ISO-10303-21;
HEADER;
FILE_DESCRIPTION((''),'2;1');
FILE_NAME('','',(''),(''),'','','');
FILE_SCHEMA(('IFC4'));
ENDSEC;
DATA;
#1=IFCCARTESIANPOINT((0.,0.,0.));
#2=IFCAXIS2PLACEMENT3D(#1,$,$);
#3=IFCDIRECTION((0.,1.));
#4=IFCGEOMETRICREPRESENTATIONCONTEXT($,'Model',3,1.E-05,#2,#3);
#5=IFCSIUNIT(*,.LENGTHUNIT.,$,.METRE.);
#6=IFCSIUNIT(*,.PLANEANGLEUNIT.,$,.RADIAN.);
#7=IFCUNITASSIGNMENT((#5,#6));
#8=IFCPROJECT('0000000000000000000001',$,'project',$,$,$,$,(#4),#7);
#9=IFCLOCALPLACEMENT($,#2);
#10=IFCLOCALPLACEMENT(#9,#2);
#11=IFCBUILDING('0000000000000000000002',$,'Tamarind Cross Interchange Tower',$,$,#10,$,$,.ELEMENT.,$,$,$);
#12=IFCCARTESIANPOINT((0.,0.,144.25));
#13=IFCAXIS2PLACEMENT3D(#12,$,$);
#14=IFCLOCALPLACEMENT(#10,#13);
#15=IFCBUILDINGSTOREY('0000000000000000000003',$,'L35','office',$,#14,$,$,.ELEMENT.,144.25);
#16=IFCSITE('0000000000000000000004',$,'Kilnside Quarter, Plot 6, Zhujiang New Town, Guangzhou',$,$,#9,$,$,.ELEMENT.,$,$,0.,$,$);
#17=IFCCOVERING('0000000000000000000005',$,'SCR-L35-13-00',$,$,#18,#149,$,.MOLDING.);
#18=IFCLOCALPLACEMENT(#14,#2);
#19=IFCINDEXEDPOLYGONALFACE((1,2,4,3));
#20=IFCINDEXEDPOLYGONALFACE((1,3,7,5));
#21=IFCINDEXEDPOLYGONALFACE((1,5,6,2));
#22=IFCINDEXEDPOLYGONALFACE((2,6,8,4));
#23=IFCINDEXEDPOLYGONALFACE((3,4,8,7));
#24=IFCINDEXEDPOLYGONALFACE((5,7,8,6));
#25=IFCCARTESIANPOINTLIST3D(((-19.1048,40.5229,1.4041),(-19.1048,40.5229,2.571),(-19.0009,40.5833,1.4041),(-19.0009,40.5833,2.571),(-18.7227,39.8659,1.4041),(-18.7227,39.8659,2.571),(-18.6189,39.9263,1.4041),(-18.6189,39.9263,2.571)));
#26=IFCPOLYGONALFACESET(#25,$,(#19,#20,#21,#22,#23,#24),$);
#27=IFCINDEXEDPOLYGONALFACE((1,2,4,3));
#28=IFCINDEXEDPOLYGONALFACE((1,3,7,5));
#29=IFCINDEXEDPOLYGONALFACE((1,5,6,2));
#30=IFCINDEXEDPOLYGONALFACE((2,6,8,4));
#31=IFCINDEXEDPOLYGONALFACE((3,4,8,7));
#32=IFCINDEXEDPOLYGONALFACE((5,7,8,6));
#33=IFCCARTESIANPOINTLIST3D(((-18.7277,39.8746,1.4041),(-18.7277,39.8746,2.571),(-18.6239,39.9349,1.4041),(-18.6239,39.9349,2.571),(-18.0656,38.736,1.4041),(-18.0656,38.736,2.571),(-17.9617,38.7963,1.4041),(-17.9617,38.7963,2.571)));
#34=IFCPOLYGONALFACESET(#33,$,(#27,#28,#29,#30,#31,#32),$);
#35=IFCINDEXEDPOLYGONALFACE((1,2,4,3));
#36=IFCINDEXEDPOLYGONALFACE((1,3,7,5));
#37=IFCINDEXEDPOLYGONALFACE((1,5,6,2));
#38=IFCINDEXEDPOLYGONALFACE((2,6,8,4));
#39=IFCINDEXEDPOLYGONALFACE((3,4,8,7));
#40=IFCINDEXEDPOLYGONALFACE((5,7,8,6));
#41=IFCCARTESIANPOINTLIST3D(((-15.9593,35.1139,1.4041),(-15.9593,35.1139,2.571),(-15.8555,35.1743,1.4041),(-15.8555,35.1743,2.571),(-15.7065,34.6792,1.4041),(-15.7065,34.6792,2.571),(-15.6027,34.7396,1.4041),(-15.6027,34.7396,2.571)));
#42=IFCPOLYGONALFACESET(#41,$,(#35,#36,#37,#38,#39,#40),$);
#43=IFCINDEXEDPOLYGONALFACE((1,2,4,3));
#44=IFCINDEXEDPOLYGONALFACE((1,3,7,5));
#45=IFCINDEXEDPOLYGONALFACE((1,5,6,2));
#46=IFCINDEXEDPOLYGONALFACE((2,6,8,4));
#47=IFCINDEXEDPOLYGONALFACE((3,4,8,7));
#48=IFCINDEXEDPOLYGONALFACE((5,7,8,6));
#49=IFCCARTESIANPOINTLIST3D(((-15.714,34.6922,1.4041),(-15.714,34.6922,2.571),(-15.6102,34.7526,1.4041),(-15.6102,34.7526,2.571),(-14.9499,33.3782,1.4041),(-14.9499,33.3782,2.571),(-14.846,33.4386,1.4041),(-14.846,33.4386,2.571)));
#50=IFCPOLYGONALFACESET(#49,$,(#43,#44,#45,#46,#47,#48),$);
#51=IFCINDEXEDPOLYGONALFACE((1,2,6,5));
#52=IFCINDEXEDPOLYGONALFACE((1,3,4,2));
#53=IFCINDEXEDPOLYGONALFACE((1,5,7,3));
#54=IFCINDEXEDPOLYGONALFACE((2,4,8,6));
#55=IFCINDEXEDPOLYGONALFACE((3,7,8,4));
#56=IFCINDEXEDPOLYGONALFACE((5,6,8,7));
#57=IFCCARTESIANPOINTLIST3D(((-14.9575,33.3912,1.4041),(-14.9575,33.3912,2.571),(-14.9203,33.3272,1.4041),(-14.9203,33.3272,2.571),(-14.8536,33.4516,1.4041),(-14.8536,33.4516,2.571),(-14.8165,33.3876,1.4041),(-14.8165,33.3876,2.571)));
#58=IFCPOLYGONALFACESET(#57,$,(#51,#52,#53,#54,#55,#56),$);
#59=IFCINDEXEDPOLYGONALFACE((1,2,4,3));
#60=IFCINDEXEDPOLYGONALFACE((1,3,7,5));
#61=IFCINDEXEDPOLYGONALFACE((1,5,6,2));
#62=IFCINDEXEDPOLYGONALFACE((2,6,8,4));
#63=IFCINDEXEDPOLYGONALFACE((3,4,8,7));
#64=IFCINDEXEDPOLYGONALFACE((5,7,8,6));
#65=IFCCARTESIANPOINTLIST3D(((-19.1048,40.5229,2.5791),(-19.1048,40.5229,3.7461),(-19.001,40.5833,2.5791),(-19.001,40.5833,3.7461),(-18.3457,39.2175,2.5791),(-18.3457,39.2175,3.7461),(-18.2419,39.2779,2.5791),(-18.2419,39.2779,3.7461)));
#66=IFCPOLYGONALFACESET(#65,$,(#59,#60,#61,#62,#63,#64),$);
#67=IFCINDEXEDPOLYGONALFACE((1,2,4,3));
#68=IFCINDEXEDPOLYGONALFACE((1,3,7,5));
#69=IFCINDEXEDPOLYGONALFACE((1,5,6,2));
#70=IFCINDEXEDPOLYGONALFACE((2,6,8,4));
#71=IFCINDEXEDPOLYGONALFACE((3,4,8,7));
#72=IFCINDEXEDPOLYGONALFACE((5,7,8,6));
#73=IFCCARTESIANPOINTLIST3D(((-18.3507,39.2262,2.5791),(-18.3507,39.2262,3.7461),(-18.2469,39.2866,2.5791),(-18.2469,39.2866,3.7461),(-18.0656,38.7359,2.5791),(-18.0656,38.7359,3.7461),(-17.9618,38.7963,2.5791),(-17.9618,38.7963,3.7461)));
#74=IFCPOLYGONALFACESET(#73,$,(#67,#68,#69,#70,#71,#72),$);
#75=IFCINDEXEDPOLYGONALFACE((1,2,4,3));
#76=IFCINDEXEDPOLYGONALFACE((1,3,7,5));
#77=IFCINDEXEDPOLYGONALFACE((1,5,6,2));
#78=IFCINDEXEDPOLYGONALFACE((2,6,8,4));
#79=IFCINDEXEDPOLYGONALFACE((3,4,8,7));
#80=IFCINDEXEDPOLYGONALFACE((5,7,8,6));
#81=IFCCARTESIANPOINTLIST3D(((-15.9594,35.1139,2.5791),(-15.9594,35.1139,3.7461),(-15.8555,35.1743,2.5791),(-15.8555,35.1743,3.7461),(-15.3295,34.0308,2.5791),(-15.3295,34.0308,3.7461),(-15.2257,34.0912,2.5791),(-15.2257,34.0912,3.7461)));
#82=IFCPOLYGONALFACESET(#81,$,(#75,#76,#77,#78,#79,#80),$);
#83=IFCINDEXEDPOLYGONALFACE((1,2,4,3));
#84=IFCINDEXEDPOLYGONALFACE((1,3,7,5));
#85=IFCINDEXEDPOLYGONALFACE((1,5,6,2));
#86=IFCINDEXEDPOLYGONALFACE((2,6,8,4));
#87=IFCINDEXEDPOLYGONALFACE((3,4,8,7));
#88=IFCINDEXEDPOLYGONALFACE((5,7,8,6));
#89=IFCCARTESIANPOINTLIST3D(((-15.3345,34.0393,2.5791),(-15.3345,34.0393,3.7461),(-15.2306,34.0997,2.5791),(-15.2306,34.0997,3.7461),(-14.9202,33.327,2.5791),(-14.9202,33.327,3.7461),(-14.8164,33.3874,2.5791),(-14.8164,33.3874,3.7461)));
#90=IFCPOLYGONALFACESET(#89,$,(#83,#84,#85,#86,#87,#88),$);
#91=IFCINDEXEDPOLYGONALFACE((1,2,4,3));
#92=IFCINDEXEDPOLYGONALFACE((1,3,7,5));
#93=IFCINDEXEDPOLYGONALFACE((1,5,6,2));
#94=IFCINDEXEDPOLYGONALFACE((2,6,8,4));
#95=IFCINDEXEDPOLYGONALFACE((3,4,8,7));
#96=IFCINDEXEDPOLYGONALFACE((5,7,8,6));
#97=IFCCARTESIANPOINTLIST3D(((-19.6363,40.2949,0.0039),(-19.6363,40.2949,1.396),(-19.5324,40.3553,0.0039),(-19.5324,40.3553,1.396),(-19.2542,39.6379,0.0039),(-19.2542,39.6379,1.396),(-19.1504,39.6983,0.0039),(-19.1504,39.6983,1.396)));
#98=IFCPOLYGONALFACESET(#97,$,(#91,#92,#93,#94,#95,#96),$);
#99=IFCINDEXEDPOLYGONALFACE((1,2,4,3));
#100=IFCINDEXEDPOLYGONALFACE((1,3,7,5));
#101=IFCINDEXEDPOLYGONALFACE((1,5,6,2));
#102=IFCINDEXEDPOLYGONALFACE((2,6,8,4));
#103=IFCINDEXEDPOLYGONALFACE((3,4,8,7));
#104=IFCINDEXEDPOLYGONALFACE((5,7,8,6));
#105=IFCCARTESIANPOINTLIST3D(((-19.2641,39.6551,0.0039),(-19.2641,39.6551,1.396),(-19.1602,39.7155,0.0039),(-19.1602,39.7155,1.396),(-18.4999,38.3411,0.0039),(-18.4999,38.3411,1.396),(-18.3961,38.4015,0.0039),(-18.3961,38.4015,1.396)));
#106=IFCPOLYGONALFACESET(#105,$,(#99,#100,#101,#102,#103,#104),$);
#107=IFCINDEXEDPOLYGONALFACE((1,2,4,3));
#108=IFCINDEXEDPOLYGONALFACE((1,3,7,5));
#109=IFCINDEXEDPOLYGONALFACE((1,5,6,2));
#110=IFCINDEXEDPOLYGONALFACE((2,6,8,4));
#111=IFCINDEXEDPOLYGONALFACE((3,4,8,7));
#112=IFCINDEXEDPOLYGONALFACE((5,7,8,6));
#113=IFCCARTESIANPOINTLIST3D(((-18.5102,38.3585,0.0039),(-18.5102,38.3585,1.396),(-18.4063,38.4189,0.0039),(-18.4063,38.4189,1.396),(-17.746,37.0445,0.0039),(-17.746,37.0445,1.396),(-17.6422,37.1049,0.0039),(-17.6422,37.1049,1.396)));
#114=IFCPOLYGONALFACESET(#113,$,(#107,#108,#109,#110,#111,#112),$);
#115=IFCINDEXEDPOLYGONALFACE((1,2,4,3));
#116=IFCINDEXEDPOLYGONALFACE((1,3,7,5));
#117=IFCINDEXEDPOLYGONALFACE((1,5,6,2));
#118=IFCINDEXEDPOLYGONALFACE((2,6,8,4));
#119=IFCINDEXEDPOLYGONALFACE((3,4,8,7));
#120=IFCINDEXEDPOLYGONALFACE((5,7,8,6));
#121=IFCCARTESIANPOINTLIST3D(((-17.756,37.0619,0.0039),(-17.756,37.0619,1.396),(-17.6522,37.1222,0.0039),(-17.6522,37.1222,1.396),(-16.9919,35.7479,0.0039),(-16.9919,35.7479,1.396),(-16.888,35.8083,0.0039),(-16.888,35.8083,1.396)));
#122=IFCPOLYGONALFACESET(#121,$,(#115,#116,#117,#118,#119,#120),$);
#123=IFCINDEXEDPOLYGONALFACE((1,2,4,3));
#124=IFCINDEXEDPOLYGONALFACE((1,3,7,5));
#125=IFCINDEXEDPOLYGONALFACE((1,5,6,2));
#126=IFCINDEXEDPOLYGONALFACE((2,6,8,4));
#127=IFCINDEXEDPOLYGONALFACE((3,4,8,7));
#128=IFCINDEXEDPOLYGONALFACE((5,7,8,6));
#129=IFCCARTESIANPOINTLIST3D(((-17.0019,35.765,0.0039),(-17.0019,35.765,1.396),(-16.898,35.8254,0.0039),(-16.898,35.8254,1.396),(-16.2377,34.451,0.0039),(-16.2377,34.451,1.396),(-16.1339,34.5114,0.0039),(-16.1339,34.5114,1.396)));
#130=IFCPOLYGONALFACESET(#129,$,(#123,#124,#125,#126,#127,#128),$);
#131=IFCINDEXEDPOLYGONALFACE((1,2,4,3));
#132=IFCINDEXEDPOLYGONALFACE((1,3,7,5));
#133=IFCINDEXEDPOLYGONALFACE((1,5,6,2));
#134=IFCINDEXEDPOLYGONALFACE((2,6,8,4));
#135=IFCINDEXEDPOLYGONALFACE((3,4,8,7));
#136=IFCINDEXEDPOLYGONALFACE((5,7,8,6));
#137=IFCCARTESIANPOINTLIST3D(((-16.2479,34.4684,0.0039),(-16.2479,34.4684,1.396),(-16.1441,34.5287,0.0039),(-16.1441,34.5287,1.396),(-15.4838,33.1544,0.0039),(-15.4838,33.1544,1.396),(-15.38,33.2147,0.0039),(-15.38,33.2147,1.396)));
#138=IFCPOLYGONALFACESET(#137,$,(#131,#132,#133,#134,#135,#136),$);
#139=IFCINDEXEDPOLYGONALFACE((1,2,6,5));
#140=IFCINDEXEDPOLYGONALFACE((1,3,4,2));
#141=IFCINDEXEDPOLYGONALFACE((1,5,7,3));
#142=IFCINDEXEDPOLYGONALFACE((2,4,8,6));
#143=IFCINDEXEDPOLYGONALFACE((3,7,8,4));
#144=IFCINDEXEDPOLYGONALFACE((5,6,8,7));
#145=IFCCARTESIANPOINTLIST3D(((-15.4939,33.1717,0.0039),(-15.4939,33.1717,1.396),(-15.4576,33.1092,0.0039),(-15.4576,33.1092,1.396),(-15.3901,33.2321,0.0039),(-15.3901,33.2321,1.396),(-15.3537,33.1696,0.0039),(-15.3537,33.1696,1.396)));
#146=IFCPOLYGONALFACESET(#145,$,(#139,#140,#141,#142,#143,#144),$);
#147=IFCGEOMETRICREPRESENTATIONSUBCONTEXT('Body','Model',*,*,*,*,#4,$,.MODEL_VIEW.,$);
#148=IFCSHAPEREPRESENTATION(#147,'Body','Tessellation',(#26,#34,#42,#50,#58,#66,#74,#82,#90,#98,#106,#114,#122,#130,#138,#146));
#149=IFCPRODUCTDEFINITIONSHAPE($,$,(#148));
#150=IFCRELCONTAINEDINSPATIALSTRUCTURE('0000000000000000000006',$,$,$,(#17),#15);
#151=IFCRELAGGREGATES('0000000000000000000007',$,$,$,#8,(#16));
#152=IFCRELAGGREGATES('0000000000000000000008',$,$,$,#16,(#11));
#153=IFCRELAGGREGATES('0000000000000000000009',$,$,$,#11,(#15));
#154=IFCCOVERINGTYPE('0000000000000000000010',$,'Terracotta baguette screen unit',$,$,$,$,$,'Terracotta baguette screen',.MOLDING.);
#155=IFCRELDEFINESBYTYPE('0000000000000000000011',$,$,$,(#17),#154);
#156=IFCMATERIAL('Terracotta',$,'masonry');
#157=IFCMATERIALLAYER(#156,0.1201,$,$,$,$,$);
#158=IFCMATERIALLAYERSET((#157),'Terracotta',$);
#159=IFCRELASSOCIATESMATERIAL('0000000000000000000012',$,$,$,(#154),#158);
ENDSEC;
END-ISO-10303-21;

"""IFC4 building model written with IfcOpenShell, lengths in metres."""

from ifc_helpers import new_model, si_unit, direction, frame, origin, origin_2d, place, context, subcontext, project, spatial, rectangle, extrude, material, layer, layer_set, type_object, element, save


model = new_model("IFC4")

# Units and contexts
model_context = context("Model", 3, precision=1e-05, world=origin(), true_north=direction((0.0, 1.0)))
body_context = subcontext(model_context, "Body", "Model", "MODEL_VIEW")
ifc_project = project(units=[si_unit("LENGTHUNIT", "METRE"), si_unit("PLANEANGLEUNIT", "RADIAN")], contexts=[model_context])

# Site, building, storey
site_placement = place(None, origin())
site = spatial("IfcSite", under=ifc_project, at=site_placement, Name="Kilnside Quarter, Plot 6, Zhujiang New Town, Guangzhou", CompositionType="ELEMENT", RefElevation=0.0)
building_placement = place(site_placement, origin())
building = spatial("IfcBuilding", under=site, at=building_placement, Name="Tamarind Cross Interchange Tower", CompositionType="ELEMENT")
storey_placement = place(building_placement, frame((0.0, 0.0, 144.25)))
storey = spatial("IfcBuildingStorey", under=building, at=storey_placement, Name="L35", Description="office", CompositionType="ELEMENT", Elevation=144.25)

# Covering
ifc_material_1 = material(Name="Terracotta", Category="masonry")
ifc_layer_1 = layer(ifc_material_1, 0.1201)
ifc_layer_set_1 = layer_set([ifc_layer_1], Name="Terracotta")
covering_type = type_object("IfcCoveringType", Name="Terracotta baguette screen unit", ElementType="Terracotta baguette screen", PredefinedType="MOLDING", material=ifc_layer_set_1)
covering_1_placement = place(storey_placement, origin())
element("IfcCovering", 1, at=covering_1_placement, inside=storey, type_object=covering_type, Name="SCR-L35-13-00", PredefinedType="MOLDING", context=body_context, shape_type="SweptSolid", body=[
    extrude(rectangle(XDim=0.76, YDim=0.1201, at=origin_2d()), frame((-18.8618, 40.2246, 1.4041), z_axis=(0.0, 0.0, 1.0), x_axis=(0.502708, -0.864456, 0.0)), (0.0, 0.0, 1.0), 1.167),
    extrude(rectangle(XDim=1.3171, YDim=0.1201, at=origin_2d()), frame((-18.3447, 39.3354, 1.4041), z_axis=(0.0, 0.0, 1.0), x_axis=(0.502708, -0.864456, 0.0)), (0.0, 0.0, 1.0), 1.167),
    extrude(rectangle(XDim=0.5029, YDim=0.1201, at=origin_2d()), frame((-15.781, 34.9268, 1.4041), z_axis=(0.0, 0.0, 1.0), x_axis=(0.502708, -0.864456, 0.0)), (0.0, 0.0, 1.0), 1.167),
    extrude(rectangle(XDim=1.52, YDim=0.1201, at=origin_2d()), frame((-15.28, 34.0654, 1.4041), z_axis=(0.0, 0.0, 1.0), x_axis=(0.502708, -0.864456, 0.0)), (0.0, 0.0, 1.0), 1.167),
    extrude(rectangle(XDim=0.074, YDim=0.1201, at=origin_2d()), frame((-14.887, 33.3894, 1.4041), z_axis=(0.0, 0.0, 1.0), x_axis=(0.502708, -0.864456, 0.0)), (0.0, 0.0, 1.0), 1.167),
    extrude(rectangle(XDim=1.51, YDim=0.1201, at=origin_2d()), frame((-18.6733, 39.9004, 2.5791), z_axis=(0.0, 0.0, 1.0), x_axis=(0.502708, -0.864456, 0.0)), (0.0, 0.0, 1.0), 1.167),
    extrude(rectangle(XDim=0.5671, YDim=0.1201, at=origin_2d()), frame((-18.1562, 39.0112, 2.5791), z_axis=(0.0, 0.0, 1.0), x_axis=(0.502708, -0.864456, 0.0)), (0.0, 0.0, 1.0), 1.167),
    extrude(rectangle(XDim=1.2529, YDim=0.1201, at=origin_2d()), frame((-15.5925, 34.6025, 2.5791), z_axis=(0.0, 0.0, 1.0), x_axis=(0.502708, -0.864456, 0.0)), (0.0, 0.0, 1.0), 1.167),
    extrude(rectangle(XDim=0.824, YDim=0.1201, at=origin_2d()), frame((-15.0754, 33.7134, 2.5791), z_axis=(0.0, 0.0, 1.0), x_axis=(0.502708, -0.864456, 0.0)), (0.0, 0.0, 1.0), 1.167),
    extrude(rectangle(XDim=0.76, YDim=0.1201, at=origin_2d()), frame((-19.3933, 39.9966, 0.0039), z_axis=(0.0, 0.0, 1.0), x_axis=(0.502708, -0.864456, 0.0)), (0.0, 0.0, 1.0), 1.3921),
    extrude(rectangle(XDim=1.52, YDim=0.1201, at=origin_2d()), frame((-18.8301, 39.0283, 0.0039), z_axis=(0.0, 0.0, 1.0), x_axis=(0.502708, -0.864456, 0.0)), (0.0, 0.0, 1.0), 1.3921),
    extrude(rectangle(XDim=1.52, YDim=0.1201, at=origin_2d()), frame((-18.0762, 37.7317, 0.0039), z_axis=(0.0, 0.0, 1.0), x_axis=(0.502708, -0.864456, 0.0)), (0.0, 0.0, 1.0), 1.3921),
    extrude(rectangle(XDim=1.52, YDim=0.1201, at=origin_2d()), frame((-17.322, 36.4351, 0.0039), z_axis=(0.0, 0.0, 1.0), x_axis=(0.502708, -0.864456, 0.0)), (0.0, 0.0, 1.0), 1.3921),
    extrude(rectangle(XDim=1.52, YDim=0.1201, at=origin_2d()), frame((-16.5679, 35.1382, 0.0039), z_axis=(0.0, 0.0, 1.0), x_axis=(0.502708, -0.864456, 0.0)), (0.0, 0.0, 1.0), 1.3921),
    extrude(rectangle(XDim=1.52, YDim=0.1201, at=origin_2d()), frame((-15.814, 33.8416, 0.0039), z_axis=(0.0, 0.0, 1.0), x_axis=(0.502708, -0.864456, 0.0)), (0.0, 0.0, 1.0), 1.3921),
    extrude(rectangle(XDim=0.0723, YDim=0.1201, at=origin_2d()), frame((-15.4238, 33.1707, 0.0039), z_axis=(0.0, 0.0, 1.0), x_axis=(0.502708, -0.864456, 0.0)), (0.0, 0.0, 1.0), 1.3921),
])

save(model, "model.ifc")
